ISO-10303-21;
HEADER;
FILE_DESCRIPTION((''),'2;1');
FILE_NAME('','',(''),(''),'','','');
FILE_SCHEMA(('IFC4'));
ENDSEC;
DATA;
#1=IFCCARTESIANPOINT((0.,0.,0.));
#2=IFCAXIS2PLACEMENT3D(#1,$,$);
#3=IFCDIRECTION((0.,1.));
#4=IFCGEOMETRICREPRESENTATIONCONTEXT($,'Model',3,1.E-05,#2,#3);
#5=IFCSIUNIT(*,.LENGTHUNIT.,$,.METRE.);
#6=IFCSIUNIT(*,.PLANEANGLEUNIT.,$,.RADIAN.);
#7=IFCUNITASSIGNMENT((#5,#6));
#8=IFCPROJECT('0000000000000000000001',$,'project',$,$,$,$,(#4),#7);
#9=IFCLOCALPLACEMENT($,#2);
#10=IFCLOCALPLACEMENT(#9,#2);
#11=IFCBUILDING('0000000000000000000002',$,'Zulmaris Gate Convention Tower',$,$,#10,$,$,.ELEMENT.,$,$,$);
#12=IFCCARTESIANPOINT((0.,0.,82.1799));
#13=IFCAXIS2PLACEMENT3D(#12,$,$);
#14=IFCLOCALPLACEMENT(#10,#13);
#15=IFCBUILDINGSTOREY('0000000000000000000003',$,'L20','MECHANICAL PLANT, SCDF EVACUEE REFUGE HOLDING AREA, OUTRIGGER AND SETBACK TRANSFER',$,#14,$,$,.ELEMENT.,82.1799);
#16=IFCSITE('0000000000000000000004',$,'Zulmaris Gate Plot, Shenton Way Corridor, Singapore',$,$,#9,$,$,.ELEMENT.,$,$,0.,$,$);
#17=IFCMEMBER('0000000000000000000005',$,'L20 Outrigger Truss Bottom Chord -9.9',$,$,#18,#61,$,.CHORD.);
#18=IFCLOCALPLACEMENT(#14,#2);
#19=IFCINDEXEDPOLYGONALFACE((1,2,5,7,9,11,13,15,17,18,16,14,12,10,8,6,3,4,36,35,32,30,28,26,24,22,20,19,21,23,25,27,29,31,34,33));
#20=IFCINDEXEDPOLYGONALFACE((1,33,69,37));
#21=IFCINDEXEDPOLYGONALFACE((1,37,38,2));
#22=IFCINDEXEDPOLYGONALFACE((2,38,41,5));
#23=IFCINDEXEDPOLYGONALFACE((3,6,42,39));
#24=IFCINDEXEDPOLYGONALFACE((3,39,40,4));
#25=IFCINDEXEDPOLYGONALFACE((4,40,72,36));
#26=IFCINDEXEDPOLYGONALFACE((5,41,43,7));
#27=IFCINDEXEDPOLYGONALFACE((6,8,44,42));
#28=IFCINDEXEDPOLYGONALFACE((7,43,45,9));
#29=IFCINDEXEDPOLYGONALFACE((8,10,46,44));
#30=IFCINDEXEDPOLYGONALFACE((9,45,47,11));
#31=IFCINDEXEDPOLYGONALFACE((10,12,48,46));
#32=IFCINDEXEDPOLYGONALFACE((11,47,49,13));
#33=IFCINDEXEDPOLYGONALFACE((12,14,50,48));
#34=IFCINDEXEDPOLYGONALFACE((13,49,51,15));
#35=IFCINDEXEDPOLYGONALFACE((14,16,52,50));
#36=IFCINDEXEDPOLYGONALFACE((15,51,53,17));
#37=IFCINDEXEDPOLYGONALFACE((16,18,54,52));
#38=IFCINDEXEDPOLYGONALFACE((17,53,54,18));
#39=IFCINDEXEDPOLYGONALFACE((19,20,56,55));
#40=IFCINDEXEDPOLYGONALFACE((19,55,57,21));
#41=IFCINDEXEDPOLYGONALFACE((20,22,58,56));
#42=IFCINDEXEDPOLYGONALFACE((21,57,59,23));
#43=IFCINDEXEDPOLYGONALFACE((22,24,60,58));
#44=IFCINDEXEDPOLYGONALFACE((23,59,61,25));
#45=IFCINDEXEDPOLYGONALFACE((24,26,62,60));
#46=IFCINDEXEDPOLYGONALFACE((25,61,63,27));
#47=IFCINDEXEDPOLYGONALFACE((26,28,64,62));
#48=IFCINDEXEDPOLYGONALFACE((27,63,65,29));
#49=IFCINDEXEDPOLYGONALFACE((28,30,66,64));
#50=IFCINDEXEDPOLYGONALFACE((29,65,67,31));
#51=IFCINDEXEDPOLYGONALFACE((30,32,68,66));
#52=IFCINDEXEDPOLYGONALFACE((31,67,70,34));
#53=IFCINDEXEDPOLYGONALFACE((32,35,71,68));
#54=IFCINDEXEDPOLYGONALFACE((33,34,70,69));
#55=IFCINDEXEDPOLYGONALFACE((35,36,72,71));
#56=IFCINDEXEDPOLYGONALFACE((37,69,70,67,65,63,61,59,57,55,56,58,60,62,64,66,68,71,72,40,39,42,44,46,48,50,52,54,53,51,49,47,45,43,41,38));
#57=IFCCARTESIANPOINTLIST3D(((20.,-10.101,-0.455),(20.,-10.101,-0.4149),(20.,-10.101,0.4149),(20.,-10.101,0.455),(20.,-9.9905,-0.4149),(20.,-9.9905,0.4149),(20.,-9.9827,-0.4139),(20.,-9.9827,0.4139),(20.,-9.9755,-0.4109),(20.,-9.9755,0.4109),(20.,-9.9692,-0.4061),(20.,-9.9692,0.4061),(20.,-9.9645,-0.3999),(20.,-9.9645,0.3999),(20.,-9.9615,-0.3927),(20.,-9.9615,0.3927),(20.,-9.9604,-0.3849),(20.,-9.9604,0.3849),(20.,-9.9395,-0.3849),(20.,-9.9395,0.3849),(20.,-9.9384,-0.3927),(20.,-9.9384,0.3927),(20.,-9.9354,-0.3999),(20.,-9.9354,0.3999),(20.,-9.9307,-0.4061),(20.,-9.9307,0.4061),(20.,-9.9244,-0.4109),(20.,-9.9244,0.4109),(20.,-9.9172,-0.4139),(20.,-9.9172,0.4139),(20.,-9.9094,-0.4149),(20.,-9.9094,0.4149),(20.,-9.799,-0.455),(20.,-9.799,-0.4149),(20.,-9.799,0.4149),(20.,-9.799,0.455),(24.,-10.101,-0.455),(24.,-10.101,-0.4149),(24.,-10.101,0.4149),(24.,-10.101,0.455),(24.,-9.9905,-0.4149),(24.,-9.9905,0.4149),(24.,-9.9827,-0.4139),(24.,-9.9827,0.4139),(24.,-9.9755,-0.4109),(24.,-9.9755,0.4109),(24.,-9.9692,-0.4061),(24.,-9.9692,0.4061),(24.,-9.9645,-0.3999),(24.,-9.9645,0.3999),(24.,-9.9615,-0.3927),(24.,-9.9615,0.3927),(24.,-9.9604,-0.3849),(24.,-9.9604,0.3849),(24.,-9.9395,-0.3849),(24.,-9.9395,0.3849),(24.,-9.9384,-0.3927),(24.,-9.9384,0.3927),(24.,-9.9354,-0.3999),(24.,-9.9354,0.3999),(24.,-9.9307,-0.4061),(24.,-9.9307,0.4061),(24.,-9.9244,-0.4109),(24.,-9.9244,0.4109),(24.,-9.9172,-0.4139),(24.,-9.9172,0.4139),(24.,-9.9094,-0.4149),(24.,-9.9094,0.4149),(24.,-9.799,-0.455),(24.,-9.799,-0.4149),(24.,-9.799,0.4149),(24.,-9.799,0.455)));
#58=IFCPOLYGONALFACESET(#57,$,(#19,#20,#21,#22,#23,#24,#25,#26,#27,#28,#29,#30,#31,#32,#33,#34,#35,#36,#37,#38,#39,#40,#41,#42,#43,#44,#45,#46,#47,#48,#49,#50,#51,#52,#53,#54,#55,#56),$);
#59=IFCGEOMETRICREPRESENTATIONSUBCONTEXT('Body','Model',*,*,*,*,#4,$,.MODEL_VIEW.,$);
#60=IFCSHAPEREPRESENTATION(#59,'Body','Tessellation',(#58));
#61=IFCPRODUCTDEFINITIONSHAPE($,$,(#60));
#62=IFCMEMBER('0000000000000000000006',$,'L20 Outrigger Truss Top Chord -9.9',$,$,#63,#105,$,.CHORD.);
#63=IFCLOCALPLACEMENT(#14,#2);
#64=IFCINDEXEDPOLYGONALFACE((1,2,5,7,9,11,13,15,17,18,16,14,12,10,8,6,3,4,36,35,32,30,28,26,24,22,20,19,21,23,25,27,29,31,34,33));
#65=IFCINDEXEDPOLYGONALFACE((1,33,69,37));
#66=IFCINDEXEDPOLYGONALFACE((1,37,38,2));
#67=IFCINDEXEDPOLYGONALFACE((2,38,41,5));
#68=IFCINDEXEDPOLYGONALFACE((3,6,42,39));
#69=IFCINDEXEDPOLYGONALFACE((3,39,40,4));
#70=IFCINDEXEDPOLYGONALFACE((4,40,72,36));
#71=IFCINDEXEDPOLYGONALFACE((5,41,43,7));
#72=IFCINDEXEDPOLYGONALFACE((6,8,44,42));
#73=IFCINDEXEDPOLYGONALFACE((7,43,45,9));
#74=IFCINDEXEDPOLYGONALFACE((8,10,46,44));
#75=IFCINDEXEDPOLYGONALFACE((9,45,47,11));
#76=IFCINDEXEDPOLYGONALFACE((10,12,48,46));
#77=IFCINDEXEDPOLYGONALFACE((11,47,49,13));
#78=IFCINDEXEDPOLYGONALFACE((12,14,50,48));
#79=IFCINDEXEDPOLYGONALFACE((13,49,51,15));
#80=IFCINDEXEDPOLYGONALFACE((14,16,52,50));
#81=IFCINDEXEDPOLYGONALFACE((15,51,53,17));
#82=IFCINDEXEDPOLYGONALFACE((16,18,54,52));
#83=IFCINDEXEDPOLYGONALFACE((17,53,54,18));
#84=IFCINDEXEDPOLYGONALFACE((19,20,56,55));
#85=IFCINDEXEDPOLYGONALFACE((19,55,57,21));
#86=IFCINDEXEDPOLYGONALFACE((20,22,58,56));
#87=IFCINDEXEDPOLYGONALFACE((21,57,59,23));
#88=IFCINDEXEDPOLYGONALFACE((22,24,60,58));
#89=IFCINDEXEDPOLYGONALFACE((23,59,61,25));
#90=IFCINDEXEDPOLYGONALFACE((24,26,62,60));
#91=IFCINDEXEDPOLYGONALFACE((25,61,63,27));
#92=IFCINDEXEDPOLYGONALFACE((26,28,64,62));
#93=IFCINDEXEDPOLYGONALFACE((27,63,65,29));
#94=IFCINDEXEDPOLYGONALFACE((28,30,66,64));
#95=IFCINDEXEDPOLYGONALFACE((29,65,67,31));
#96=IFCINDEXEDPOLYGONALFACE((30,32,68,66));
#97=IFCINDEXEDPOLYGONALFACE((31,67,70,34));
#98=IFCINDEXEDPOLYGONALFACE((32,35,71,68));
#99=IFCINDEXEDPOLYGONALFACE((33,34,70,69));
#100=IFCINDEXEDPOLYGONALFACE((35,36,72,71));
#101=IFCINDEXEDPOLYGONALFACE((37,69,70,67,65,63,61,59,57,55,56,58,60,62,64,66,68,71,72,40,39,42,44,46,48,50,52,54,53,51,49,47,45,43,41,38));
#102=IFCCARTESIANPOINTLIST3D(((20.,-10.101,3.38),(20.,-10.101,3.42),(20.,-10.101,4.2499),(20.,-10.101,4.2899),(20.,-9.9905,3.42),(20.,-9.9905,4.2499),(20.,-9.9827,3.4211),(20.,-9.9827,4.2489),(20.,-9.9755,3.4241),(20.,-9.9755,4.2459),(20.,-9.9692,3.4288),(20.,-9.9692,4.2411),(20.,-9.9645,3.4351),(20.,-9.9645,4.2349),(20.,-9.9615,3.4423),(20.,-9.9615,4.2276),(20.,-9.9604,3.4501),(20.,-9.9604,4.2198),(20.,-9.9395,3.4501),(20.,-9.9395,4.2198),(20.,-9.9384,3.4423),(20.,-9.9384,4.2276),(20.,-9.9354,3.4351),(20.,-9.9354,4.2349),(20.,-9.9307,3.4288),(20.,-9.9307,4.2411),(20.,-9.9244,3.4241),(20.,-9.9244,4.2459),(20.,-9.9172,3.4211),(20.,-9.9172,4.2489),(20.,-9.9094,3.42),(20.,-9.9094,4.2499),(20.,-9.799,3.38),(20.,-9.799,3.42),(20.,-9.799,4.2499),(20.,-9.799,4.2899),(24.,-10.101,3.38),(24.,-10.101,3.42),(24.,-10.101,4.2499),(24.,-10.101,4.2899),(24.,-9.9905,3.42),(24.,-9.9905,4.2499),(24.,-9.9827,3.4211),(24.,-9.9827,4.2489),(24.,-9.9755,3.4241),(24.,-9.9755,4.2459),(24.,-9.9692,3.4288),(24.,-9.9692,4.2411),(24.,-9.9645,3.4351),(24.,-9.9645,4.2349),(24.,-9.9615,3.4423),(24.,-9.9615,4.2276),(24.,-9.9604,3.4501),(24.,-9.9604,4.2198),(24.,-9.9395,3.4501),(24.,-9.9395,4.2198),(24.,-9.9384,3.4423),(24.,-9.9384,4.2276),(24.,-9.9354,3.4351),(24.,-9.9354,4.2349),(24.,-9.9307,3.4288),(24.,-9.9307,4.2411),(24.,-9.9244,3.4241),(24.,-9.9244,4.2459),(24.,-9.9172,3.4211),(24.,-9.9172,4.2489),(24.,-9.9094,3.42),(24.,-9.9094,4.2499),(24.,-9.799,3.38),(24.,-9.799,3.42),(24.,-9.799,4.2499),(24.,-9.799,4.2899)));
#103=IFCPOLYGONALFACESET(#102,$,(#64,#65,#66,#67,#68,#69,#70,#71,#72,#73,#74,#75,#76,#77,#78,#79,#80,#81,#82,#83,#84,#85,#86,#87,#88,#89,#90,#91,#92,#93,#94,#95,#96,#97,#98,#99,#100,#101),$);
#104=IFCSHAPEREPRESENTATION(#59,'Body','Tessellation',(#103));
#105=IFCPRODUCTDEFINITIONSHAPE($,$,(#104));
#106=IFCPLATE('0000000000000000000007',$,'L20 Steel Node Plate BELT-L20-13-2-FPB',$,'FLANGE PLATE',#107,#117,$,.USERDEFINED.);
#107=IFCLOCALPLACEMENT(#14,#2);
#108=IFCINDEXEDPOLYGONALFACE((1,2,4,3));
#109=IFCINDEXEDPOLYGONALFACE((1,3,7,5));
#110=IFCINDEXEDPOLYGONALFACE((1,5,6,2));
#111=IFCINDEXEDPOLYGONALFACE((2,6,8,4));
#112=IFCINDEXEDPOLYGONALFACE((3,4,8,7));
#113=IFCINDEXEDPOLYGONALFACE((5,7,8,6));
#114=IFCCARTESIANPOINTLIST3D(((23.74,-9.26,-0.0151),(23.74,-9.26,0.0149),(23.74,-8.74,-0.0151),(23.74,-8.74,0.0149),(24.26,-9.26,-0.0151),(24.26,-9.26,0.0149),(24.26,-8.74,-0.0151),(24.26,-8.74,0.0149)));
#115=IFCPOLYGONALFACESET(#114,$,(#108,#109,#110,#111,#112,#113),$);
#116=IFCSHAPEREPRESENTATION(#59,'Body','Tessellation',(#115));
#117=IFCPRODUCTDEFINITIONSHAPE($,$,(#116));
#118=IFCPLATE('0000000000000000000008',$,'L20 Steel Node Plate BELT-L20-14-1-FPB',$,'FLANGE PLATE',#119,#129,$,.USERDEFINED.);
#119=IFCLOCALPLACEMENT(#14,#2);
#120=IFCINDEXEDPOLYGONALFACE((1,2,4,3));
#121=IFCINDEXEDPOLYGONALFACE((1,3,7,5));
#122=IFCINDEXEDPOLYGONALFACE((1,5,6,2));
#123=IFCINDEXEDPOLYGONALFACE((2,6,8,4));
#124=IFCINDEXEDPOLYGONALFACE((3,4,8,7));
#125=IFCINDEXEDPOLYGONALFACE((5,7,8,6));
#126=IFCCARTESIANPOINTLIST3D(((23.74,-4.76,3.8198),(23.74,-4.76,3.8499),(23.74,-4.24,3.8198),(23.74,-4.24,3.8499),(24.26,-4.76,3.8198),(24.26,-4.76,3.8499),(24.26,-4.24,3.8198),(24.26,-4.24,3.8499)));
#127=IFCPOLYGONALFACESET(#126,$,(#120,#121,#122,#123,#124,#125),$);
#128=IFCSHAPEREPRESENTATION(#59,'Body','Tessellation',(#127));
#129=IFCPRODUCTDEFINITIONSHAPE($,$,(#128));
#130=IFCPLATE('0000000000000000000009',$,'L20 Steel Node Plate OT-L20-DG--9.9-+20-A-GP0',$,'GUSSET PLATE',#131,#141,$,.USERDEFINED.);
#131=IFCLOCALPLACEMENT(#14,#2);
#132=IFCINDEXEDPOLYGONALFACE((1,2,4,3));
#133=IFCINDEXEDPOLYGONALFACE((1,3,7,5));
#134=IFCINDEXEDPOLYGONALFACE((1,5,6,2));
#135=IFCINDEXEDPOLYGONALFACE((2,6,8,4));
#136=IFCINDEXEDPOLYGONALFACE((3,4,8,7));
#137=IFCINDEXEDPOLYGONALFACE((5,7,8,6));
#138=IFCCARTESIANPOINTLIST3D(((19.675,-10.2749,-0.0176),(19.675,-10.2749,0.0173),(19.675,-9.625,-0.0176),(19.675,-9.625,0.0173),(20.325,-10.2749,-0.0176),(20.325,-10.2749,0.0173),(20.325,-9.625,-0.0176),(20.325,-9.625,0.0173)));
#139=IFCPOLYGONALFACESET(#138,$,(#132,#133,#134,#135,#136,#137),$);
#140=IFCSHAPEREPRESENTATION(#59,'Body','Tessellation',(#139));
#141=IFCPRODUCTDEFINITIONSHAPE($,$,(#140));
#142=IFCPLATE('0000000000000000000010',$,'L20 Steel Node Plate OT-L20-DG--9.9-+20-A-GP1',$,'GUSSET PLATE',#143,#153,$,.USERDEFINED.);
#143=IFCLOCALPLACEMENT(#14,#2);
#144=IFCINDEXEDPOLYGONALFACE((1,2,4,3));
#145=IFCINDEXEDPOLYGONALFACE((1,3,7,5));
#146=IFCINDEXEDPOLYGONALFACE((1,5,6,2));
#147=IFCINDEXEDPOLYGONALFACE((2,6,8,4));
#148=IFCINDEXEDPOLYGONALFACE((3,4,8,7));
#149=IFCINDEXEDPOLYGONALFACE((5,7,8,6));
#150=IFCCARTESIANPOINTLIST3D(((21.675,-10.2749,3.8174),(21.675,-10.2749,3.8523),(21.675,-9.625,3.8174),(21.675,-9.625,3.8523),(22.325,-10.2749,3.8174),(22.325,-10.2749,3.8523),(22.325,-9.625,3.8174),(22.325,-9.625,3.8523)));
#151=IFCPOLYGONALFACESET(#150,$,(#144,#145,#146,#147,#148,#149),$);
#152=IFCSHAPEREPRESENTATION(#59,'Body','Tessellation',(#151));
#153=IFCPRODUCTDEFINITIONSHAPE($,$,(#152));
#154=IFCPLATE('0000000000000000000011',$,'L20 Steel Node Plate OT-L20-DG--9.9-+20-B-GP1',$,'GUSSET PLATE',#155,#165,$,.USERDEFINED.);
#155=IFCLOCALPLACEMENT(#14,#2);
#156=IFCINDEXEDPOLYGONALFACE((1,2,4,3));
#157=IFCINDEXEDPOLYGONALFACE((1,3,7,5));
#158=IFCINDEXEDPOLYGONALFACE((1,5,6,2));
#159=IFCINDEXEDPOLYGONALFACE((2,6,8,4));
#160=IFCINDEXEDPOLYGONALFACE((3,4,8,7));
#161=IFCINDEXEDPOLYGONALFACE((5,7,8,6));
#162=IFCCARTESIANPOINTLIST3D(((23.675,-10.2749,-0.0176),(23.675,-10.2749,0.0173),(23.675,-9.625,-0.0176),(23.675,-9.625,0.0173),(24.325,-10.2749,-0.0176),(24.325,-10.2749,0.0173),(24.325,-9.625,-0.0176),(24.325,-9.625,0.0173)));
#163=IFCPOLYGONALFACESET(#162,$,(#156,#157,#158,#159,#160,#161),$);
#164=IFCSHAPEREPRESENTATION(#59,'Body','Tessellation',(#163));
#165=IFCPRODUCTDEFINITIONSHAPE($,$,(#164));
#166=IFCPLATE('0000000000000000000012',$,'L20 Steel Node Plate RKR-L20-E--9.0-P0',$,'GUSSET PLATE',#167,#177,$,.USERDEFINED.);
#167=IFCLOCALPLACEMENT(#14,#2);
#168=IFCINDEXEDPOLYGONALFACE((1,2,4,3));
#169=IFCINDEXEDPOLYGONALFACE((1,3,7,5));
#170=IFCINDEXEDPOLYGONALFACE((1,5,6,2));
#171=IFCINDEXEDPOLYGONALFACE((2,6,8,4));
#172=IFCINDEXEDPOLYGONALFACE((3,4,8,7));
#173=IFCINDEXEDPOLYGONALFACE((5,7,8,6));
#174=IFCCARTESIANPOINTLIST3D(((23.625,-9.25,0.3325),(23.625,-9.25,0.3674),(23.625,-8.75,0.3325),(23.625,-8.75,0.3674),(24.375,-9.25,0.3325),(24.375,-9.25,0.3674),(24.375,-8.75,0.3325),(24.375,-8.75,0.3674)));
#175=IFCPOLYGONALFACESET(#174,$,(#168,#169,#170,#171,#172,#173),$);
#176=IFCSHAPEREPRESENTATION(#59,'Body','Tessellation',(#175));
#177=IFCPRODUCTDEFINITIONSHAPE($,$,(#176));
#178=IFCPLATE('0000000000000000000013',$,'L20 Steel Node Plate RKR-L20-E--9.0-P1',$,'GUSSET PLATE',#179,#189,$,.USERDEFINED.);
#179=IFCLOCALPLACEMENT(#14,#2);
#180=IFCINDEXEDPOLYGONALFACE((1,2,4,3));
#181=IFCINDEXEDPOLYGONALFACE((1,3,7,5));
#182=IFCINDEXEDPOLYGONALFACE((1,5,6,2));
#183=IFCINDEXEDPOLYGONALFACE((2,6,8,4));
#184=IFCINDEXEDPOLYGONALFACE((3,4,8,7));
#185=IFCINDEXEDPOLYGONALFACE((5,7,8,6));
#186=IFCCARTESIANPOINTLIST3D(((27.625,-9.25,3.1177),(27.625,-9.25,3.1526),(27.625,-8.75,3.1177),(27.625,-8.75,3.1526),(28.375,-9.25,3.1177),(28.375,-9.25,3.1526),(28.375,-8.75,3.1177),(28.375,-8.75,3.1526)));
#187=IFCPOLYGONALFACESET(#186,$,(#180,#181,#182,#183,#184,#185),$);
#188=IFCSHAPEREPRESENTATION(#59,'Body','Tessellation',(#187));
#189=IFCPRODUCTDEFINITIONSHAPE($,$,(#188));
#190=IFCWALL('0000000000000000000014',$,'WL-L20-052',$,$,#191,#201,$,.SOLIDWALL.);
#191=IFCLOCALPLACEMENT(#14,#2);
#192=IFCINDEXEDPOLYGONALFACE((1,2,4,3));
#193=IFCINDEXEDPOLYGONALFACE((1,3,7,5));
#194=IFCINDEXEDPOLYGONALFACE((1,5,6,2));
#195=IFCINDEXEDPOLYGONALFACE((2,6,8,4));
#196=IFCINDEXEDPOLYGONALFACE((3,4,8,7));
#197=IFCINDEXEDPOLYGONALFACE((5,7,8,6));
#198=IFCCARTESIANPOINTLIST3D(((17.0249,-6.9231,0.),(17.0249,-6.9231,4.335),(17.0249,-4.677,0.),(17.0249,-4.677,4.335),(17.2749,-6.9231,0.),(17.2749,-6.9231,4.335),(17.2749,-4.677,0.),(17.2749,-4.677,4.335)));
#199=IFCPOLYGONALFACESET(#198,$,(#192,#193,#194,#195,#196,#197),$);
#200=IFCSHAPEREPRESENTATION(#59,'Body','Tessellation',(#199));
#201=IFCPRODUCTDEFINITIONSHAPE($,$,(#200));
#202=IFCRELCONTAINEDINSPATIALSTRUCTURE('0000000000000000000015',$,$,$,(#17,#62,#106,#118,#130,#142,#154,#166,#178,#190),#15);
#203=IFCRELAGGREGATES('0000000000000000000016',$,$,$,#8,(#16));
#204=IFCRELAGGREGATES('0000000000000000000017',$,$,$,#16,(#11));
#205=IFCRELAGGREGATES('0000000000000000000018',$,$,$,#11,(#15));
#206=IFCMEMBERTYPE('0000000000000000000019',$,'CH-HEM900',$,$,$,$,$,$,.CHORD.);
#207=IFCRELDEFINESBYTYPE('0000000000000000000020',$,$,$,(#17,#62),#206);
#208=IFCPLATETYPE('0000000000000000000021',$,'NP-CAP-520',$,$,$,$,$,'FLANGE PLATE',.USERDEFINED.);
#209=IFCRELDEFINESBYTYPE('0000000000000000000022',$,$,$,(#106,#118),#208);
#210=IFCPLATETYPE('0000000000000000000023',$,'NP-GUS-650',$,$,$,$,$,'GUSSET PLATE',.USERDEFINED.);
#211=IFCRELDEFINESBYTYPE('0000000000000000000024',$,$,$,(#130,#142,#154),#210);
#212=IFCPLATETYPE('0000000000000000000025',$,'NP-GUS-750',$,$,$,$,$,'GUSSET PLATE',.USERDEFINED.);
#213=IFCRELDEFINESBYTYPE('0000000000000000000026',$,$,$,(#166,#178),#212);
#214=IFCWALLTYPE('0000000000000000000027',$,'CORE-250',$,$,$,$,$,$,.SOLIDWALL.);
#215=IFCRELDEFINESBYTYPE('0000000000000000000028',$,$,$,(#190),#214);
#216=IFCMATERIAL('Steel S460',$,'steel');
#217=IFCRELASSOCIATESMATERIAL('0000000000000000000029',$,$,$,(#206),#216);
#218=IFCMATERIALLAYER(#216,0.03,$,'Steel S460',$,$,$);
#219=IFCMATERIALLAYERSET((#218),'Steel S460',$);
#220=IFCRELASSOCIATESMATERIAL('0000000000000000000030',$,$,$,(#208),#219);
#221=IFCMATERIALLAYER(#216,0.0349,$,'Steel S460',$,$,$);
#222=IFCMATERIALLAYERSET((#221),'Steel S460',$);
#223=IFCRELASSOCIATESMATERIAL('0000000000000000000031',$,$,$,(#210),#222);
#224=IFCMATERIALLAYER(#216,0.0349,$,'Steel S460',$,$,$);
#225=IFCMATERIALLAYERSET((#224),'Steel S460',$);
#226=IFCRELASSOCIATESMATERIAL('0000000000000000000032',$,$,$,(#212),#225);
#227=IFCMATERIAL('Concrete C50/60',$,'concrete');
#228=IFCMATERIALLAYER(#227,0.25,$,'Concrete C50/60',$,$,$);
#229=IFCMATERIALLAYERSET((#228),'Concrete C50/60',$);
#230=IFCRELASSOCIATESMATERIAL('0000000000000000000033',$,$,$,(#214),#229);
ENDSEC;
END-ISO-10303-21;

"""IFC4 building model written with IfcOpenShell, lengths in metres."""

from ifc_helpers import new_model, si_unit, direction, frame, frame_2d, origin, origin_2d, place, context, subcontext, project, spatial, rectangle, i_section, extrude, material, layer, layer_set, material_profile, profile_set, type_object, element, save


model = new_model("IFC4")

# Units and contexts
model_context = context("Model", 3, precision=1e-05, world=origin(), true_north=direction((0.0, 1.0)))
body_context = subcontext(model_context, "Body", "Model", "MODEL_VIEW")
ifc_project = project(units=[si_unit("LENGTHUNIT", "METRE"), si_unit("PLANEANGLEUNIT", "RADIAN")], contexts=[model_context])

# Site, building, storey
site_placement = place(None, origin())
site = spatial("IfcSite", under=ifc_project, at=site_placement, Name="Zulmaris Gate Plot, Shenton Way Corridor, Singapore", CompositionType="ELEMENT", RefElevation=0.0)
building_placement = place(site_placement, origin())
building = spatial("IfcBuilding", under=site, at=building_placement, Name="Zulmaris Gate Convention Tower", CompositionType="ELEMENT")
storey_placement = place(building_placement, frame((0.0, 0.0, 82.1799)))
storey = spatial("IfcBuildingStorey", under=building, at=storey_placement, Name="L20", Description="MECHANICAL PLANT, SCDF EVACUEE REFUGE HOLDING AREA, OUTRIGGER AND SETBACK TRANSFER", CompositionType="ELEMENT", Elevation=82.1799)

# Shared definitions
ifc_material_1 = material(Name="Steel S460", Category="steel")

# Members
ifc_material_profile_1 = material_profile(ifc_material_1, i_section(OverallWidth=0.302, OverallDepth=0.9099, WebThickness=0.021, FlangeThickness=0.04, FilletRadius=0.03, at=origin_2d()), Name="HEM 900")
ifc_profile_set_1 = profile_set([ifc_material_profile_1], Name="Steel S460")
member_type_1 = type_object("IfcMemberType", Name="CH-HEM900", PredefinedType="CHORD", material=ifc_profile_set_1)
for number, where, z_axis, x_axis, name in (
    (1, (20.0, -9.95, 0.0), (1.0, 0.0, 0.0), (0.0, 1.0, 0.0), "L20 Outrigger Truss Bottom Chord -9.9"),
    (2, (20.0, -9.95, 3.835), (1.0, 0.0, 0.0), (0.0, 1.0, 0.0), "L20 Outrigger Truss Top Chord -9.9"),
):
    element("IfcMember", number, at=place(storey_placement, frame(where, z_axis=z_axis, x_axis=x_axis)), inside=storey, type_object=member_type_1, Name=name, PredefinedType="CHORD", context=body_context, shape_type="SweptSolid", body=[
        extrude(i_section(OverallWidth=0.302, OverallDepth=0.9099, WebThickness=0.021, FlangeThickness=0.04, FilletRadius=0.03, at=origin_2d()), origin(), (0.0, 0.0, 1.0), 4.0),
    ])

# Plates
ifc_layer_1 = layer(ifc_material_1, 0.03, Name="Steel S460")
ifc_layer_set_1 = layer_set([ifc_layer_1], Name="Steel S460")
plate_type_1 = type_object("IfcPlateType", Name="NP-CAP-520", ElementType="FLANGE PLATE", PredefinedType="USERDEFINED", material=ifc_layer_set_1)
for number, where, z_axis, x_axis, name in (
    (3, (24.0, -9.0, -0.0151), (0.0, 0.0, 1.0), (1.0, 0.0, 0.0), "L20 Steel Node Plate BELT-L20-13-2-FPB"),
    (4, (24.0, -4.5, 3.8198), (0.0, 0.0, 1.0), (1.0, 0.0, 0.0), "L20 Steel Node Plate BELT-L20-14-1-FPB"),
):
    element("IfcPlate", number, at=place(storey_placement, frame(where, z_axis=z_axis, x_axis=x_axis)), inside=storey, type_object=plate_type_1, Name=name, ObjectType="FLANGE PLATE", PredefinedType="USERDEFINED", context=body_context, shape_type="SweptSolid", body=[
        extrude(rectangle(XDim=0.52, YDim=0.52, at=origin_2d()), origin(), (0.0, 0.0, 1.0), 0.03),
    ])
ifc_layer_2 = layer(ifc_material_1, 0.0349, Name="Steel S460")
ifc_layer_set_2 = layer_set([ifc_layer_2], Name="Steel S460")
plate_type_2 = type_object("IfcPlateType", Name="NP-GUS-650", ElementType="GUSSET PLATE", PredefinedType="USERDEFINED", material=ifc_layer_set_2)
for number, where, z_axis, x_axis, name in (
    (5, (20.0, -9.95, -0.0176), (0.0, 0.0, 1.0), (1.0, 0.0, 0.0), "L20 Steel Node Plate OT-L20-DG--9.9-+20-A-GP0"),
    (6, (22.0, -9.95, 3.8174), (0.0, 0.0, 1.0), (1.0, 0.0, 0.0), "L20 Steel Node Plate OT-L20-DG--9.9-+20-A-GP1"),
    (7, (24.0, -9.95, -0.0176), (0.0, 0.0, 1.0), (1.0, 0.0, 0.0), "L20 Steel Node Plate OT-L20-DG--9.9-+20-B-GP1"),
):
    element("IfcPlate", number, at=place(storey_placement, frame(where, z_axis=z_axis, x_axis=x_axis)), inside=storey, type_object=plate_type_2, Name=name, ObjectType="GUSSET PLATE", PredefinedType="USERDEFINED", context=body_context, shape_type="SweptSolid", body=[
        extrude(rectangle(XDim=0.6499, YDim=0.6499, at=origin_2d()), origin(), (0.0, 0.0, 1.0), 0.0349),
    ])
ifc_layer_3 = layer(ifc_material_1, 0.0349, Name="Steel S460")
ifc_layer_set_3 = layer_set([ifc_layer_3], Name="Steel S460")
plate_type_3 = type_object("IfcPlateType", Name="NP-GUS-750", ElementType="GUSSET PLATE", PredefinedType="USERDEFINED", material=ifc_layer_set_3)
for number, where, z_axis, x_axis, name in (
    (8, (24.0, -9.0, 0.3325), (0.0, 0.0, 1.0), (1.0, 0.0, 0.0), "L20 Steel Node Plate RKR-L20-E--9.0-P0"),
    (9, (28.0, -9.0, 3.1177), (0.0, 0.0, 1.0), (1.0, 0.0, 0.0), "L20 Steel Node Plate RKR-L20-E--9.0-P1"),
):
    element("IfcPlate", number, at=place(storey_placement, frame(where, z_axis=z_axis, x_axis=x_axis)), inside=storey, type_object=plate_type_3, Name=name, ObjectType="GUSSET PLATE", PredefinedType="USERDEFINED", context=body_context, shape_type="SweptSolid", body=[
        extrude(rectangle(XDim=0.75, YDim=0.5, at=origin_2d()), origin(), (0.0, 0.0, 1.0), 0.0349),
    ])

# Wall
ifc_material_2 = material(Name="Concrete C50/60", Category="concrete")
ifc_layer_4 = layer(ifc_material_2, 0.25, Name="Concrete C50/60")
ifc_layer_set_4 = layer_set([ifc_layer_4], Name="Concrete C50/60")
wall_type_1 = type_object("IfcWallType", Name="CORE-250", PredefinedType="SOLIDWALL", material=ifc_layer_set_4)
wall_1_placement = place(storey_placement, frame((17.1499, -6.9231, 0.0), z_axis=(0.0, 0.0, 1.0), x_axis=(0.0, 1.0, 0.0)))
element("IfcWall", 10, at=wall_1_placement, inside=storey, type_object=wall_type_1, Name="WL-L20-052", PredefinedType="SOLIDWALL", context=body_context, shape_type="SweptSolid", body=[
    extrude(rectangle(XDim=2.2461, YDim=0.25, at=frame_2d((1.123, 0.0))), origin(), (0.0, 0.0, 1.0), 4.335),
])

save(model, "model.ifc")
